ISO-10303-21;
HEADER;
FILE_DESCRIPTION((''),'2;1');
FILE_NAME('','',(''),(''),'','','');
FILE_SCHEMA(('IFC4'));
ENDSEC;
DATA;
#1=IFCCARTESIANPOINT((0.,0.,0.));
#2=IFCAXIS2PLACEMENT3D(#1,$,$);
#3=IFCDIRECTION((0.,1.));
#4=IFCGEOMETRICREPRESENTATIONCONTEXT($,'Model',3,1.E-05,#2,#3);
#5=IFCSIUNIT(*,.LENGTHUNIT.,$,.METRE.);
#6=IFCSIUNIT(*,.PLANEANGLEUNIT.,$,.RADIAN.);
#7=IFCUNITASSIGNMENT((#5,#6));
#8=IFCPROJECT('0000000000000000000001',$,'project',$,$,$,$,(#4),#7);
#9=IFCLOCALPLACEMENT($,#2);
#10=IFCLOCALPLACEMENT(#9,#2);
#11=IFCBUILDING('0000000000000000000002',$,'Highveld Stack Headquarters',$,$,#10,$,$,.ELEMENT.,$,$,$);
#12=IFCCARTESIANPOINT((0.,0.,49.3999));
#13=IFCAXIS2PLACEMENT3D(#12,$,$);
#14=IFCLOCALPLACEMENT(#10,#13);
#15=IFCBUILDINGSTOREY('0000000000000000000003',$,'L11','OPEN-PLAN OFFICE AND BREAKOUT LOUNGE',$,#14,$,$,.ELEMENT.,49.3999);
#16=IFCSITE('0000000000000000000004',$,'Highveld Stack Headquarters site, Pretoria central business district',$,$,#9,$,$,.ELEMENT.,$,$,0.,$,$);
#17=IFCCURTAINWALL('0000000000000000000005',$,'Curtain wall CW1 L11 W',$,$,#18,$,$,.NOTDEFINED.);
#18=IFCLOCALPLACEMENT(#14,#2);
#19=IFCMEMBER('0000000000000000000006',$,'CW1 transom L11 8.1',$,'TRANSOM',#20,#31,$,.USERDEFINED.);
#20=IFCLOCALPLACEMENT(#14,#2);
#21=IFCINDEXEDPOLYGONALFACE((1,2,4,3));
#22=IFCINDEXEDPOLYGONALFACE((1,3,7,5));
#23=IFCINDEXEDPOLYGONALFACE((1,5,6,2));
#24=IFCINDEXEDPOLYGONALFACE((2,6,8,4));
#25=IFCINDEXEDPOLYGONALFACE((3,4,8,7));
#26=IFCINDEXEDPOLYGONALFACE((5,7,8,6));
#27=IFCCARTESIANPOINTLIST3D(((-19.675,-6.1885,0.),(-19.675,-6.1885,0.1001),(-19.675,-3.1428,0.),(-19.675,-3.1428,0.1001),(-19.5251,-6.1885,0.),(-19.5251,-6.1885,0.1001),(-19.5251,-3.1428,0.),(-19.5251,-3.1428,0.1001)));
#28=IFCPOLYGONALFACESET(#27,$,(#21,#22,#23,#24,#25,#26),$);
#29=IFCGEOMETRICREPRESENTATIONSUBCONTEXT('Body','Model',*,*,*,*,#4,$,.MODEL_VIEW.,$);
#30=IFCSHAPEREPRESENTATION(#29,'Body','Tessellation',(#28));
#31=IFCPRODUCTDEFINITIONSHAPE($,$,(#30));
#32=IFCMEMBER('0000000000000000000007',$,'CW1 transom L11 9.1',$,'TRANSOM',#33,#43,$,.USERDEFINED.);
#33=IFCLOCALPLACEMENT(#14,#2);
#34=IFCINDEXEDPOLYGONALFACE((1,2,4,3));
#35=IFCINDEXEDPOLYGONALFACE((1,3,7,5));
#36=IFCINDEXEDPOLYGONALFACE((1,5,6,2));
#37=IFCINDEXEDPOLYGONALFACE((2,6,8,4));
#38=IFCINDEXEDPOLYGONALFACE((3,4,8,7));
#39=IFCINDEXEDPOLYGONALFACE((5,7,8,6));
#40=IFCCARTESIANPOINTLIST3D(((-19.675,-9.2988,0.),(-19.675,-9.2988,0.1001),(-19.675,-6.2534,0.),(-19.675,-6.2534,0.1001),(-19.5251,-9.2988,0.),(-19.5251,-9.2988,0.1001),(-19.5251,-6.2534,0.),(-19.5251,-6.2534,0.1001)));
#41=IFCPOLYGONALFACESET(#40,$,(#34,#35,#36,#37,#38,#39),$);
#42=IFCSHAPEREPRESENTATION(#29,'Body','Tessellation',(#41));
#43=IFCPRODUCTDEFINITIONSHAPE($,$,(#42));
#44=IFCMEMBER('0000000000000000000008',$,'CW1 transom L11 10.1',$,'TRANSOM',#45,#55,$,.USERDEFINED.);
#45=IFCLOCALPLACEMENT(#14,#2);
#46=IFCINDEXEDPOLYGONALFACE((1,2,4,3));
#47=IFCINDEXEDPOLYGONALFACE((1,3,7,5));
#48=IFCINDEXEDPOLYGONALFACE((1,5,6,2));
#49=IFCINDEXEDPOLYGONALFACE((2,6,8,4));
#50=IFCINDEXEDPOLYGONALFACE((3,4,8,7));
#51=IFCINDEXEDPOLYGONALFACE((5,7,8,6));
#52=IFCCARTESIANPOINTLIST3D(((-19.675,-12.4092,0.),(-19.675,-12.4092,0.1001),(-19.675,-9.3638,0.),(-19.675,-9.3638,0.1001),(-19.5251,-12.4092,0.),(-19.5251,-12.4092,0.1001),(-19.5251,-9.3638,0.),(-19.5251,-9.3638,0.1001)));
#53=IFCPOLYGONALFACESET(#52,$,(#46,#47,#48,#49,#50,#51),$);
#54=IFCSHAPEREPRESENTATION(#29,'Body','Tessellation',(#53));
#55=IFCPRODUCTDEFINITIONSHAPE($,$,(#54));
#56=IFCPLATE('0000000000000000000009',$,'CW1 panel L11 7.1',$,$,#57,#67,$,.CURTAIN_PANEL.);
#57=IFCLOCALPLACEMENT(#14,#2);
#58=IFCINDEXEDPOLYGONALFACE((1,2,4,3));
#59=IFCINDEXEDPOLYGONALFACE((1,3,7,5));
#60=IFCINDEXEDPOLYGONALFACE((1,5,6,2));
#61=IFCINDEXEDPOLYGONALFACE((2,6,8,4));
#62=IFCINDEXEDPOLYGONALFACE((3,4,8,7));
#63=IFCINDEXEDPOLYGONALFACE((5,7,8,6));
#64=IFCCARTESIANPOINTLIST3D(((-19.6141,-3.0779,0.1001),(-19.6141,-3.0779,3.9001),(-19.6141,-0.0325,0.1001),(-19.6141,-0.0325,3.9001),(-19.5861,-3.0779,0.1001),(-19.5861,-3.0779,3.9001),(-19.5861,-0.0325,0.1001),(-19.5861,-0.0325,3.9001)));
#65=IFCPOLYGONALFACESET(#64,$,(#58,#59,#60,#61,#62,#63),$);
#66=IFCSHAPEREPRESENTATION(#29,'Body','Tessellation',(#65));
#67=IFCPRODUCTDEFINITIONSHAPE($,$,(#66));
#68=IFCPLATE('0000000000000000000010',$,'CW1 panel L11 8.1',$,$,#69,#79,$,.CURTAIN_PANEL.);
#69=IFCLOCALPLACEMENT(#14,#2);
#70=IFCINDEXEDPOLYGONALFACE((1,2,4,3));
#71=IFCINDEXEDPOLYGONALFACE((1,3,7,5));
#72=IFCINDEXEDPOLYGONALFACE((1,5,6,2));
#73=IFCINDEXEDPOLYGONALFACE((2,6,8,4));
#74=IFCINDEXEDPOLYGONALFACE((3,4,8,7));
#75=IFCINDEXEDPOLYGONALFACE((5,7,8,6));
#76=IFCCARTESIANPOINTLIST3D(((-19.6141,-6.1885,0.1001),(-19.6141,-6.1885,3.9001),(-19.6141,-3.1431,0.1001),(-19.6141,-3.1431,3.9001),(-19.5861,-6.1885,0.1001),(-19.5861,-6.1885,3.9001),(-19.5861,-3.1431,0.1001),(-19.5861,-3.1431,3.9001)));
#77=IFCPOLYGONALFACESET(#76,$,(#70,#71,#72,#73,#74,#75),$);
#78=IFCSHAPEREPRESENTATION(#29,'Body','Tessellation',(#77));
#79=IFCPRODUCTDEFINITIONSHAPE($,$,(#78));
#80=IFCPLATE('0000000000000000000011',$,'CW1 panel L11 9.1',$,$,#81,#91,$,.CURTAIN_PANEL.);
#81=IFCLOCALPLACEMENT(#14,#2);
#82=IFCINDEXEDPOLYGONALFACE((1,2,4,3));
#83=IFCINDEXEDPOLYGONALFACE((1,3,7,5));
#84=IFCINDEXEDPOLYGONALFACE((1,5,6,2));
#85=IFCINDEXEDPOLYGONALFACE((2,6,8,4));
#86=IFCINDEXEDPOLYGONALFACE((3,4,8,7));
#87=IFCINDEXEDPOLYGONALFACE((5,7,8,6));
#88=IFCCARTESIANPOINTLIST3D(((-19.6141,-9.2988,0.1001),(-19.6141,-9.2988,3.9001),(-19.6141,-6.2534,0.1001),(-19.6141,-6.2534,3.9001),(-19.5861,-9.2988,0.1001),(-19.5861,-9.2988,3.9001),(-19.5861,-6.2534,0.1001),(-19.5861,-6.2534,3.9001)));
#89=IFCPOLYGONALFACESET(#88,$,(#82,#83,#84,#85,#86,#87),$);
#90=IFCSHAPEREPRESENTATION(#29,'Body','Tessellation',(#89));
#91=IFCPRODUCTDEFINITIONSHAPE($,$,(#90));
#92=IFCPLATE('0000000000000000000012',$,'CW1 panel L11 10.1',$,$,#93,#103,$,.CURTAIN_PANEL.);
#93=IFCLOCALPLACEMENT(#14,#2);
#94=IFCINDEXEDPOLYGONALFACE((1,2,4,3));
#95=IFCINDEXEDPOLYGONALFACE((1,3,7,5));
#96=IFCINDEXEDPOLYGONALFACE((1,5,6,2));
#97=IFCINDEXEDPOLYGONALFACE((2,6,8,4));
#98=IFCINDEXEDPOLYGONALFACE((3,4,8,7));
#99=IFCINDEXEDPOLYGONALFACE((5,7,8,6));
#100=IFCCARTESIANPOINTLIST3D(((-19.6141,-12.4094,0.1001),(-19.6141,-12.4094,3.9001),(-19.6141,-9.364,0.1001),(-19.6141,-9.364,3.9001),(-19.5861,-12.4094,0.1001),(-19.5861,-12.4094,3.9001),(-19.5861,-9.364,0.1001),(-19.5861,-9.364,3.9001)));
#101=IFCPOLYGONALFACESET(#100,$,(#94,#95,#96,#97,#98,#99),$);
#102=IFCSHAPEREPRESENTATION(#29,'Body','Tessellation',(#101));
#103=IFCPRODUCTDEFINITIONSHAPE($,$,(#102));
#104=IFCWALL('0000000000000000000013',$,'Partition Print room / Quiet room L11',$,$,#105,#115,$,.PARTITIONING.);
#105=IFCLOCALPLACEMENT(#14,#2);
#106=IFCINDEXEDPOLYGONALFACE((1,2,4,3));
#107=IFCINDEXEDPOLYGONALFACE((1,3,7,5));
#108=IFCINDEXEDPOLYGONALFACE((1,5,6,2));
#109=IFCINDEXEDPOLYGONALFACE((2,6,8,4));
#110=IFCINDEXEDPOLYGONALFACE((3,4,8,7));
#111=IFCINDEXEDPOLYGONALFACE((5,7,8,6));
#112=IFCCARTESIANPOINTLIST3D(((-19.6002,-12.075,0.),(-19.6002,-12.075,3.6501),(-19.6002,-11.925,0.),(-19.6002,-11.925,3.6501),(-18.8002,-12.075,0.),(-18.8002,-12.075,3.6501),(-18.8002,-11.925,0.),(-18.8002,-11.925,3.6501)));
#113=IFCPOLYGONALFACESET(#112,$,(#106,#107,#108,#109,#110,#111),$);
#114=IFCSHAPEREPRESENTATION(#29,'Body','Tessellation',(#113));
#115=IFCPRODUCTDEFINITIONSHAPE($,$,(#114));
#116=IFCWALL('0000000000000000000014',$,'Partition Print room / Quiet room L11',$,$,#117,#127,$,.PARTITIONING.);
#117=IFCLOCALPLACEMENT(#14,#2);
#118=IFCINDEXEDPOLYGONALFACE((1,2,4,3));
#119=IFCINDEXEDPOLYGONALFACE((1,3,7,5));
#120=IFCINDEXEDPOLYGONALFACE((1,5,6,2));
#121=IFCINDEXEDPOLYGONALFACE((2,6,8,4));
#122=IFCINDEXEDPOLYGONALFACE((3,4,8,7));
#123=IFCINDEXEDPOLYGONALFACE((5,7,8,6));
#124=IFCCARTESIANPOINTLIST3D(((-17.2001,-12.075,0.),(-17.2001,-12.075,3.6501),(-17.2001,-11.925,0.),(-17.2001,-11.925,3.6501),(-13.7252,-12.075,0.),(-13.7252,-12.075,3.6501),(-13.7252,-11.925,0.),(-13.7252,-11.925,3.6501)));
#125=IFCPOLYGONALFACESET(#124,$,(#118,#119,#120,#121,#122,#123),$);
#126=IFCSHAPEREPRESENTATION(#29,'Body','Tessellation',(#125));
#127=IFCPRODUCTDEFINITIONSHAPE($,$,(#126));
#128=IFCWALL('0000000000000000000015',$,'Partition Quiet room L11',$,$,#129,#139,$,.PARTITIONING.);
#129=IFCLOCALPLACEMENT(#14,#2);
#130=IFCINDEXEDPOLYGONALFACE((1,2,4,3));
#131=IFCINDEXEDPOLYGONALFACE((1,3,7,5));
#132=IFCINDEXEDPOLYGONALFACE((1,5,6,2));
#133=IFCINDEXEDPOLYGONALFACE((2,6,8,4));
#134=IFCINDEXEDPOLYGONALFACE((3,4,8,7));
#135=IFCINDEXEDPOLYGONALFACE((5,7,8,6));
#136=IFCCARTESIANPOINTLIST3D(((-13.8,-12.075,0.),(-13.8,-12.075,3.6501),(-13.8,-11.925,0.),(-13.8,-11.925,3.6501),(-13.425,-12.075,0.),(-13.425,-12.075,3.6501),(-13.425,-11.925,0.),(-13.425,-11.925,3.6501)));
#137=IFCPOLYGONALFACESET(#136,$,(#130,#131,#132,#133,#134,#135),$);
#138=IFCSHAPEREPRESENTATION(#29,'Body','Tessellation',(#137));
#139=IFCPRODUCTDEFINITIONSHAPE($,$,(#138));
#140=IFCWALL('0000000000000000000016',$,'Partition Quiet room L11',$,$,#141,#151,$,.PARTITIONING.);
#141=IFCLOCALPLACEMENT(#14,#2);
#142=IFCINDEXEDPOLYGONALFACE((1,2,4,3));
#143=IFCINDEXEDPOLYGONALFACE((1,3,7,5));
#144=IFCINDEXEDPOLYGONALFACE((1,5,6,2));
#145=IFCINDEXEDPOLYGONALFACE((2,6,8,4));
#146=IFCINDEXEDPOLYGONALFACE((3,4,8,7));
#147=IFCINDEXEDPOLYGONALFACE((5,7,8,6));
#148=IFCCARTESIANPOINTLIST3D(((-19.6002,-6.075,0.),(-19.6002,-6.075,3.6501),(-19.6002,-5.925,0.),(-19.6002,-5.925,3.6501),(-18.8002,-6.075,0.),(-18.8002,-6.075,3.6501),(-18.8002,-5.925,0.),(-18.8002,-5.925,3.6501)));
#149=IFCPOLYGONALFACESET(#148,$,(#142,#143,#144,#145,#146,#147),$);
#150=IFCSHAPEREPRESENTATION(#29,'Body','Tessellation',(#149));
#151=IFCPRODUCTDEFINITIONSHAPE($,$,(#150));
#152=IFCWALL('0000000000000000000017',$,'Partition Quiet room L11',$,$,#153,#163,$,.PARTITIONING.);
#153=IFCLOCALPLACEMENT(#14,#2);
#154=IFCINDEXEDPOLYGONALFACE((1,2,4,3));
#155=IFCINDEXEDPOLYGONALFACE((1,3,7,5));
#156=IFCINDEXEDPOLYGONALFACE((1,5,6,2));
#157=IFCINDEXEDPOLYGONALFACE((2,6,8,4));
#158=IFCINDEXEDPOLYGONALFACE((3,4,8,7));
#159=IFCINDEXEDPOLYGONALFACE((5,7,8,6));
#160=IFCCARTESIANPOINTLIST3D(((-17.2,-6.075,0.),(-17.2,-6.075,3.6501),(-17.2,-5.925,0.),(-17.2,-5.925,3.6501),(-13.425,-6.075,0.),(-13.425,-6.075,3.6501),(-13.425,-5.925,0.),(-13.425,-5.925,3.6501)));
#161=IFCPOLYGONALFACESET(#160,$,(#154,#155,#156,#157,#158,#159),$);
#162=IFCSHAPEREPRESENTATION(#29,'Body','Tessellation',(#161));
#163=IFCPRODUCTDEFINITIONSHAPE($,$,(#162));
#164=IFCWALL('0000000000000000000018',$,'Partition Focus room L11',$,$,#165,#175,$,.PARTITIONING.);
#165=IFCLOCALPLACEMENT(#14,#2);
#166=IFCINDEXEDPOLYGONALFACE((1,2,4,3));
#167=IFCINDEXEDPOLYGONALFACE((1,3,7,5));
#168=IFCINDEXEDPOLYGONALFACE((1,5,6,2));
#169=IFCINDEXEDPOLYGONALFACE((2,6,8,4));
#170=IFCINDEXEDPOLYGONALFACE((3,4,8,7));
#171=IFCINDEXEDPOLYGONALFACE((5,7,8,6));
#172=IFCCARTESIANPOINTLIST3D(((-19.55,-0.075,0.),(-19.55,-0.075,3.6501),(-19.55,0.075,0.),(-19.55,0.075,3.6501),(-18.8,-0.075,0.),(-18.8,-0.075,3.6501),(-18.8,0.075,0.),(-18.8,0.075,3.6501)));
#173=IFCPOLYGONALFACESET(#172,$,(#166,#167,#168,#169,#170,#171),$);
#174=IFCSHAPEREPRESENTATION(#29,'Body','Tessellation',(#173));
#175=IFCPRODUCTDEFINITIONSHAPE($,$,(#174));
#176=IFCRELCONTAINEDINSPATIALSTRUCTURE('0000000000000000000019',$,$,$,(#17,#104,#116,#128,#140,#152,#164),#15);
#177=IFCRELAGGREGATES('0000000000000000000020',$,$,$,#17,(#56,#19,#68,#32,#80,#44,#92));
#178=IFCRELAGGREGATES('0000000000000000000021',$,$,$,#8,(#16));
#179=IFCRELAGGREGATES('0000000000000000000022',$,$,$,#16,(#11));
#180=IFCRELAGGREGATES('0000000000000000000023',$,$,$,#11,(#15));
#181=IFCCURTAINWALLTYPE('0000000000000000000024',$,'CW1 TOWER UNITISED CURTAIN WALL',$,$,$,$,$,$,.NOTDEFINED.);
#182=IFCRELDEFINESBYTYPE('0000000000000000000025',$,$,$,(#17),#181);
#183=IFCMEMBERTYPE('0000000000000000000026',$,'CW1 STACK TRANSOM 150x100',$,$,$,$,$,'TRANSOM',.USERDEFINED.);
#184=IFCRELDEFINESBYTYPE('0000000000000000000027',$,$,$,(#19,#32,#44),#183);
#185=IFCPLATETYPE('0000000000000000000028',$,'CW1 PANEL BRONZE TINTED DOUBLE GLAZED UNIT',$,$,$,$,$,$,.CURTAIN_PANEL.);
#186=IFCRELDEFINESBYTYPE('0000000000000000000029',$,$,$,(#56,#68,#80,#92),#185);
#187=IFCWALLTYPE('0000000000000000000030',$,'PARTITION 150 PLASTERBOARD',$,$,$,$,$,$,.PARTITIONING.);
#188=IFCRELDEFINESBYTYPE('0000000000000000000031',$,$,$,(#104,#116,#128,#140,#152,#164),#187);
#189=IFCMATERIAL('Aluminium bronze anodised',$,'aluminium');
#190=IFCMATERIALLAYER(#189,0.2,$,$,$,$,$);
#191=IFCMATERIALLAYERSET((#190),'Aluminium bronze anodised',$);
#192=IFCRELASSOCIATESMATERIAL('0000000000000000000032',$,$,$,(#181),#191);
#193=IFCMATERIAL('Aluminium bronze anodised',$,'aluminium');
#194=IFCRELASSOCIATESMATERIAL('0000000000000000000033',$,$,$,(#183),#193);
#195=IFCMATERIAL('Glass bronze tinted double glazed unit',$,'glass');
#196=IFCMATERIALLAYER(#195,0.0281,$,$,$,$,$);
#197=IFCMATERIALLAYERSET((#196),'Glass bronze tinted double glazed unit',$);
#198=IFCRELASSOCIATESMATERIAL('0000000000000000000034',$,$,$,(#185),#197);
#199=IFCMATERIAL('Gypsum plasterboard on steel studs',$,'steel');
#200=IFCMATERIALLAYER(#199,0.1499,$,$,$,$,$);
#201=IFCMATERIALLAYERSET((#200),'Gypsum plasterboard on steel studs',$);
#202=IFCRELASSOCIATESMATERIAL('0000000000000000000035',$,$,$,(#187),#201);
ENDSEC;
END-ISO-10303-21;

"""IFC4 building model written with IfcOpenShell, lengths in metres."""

from ifc_helpers import new_model, si_unit, direction, frame, frame_2d, origin, origin_2d, place, context, subcontext, project, spatial, rectangle, extrude, material, layer, layer_set, material_profile, profile_set, type_object, element, aggregate, save


model = new_model("IFC4")

# Units and contexts
model_context = context("Model", 3, precision=1e-05, world=origin(), true_north=direction((0.0, 1.0)))
body_context = subcontext(model_context, "Body", "Model", "MODEL_VIEW")
ifc_project = project(units=[si_unit("LENGTHUNIT", "METRE"), si_unit("PLANEANGLEUNIT", "RADIAN")], contexts=[model_context])

# Site, building, storey
site_placement = place(None, origin())
site = spatial("IfcSite", under=ifc_project, at=site_placement, Name="Highveld Stack Headquarters site, Pretoria central business district", CompositionType="ELEMENT", RefElevation=0.0)
building_placement = place(site_placement, origin())
building = spatial("IfcBuilding", under=site, at=building_placement, Name="Highveld Stack Headquarters", CompositionType="ELEMENT")
storey_placement = place(building_placement, frame((0.0, 0.0, 49.3999)))
storey = spatial("IfcBuildingStorey", under=building, at=storey_placement, Name="L11", Description="OPEN-PLAN OFFICE AND BREAKOUT LOUNGE", CompositionType="ELEMENT", Elevation=49.3999)

# Curtain wall, members, plates
ifc_material_1 = material(Name="Aluminium bronze anodised", Category="aluminium")
ifc_layer_1 = layer(ifc_material_1, 0.2)
ifc_layer_set_1 = layer_set([ifc_layer_1], Name="Aluminium bronze anodised")
curtain_wall_type = type_object("IfcCurtainWallType", Name="CW1 TOWER UNITISED CURTAIN WALL", PredefinedType="NOTDEFINED", material=ifc_layer_set_1)
curtain_wall_placement = place(storey_placement, origin())
curtain_wall = element("IfcCurtainWall", 1, at=curtain_wall_placement, inside=storey, type_object=curtain_wall_type, Name="Curtain wall CW1 L11 W", PredefinedType="NOTDEFINED")
ifc_material_2 = material(Name="Aluminium bronze anodised", Category="aluminium")
ifc_material_profile_1 = material_profile(ifc_material_2, rectangle(XDim=0.1499, YDim=0.1001, at=origin_2d()), Name="CW1 TRANSOM 150x100")
ifc_profile_set_1 = profile_set([ifc_material_profile_1], Name="Aluminium bronze anodised")
member_type_1 = type_object("IfcMemberType", Name="CW1 STACK TRANSOM 150x100", ElementType="TRANSOM", PredefinedType="USERDEFINED", material=ifc_profile_set_1)
member_1_placement = place(storey_placement, frame((-19.6001, -3.1428, 0.05), z_axis=(0.0, -1.0, 0.0), x_axis=(1.0, 0.0, 0.0)))
member_1 = element("IfcMember", 2, at=member_1_placement, type_object=member_type_1, Name="CW1 transom L11 8.1", ObjectType="TRANSOM", PredefinedType="USERDEFINED", context=body_context, shape_type="SweptSolid", body=[
    extrude(rectangle(XDim=0.1499, YDim=0.1001, at=origin_2d()), origin(), (0.0, 0.0, 1.0), 3.0457),
])
member_2_placement = place(storey_placement, frame((-19.6001, -6.2534, 0.05), z_axis=(0.0, -1.0, 0.0), x_axis=(1.0, 0.0, 0.0)))
member_2 = element("IfcMember", 3, at=member_2_placement, type_object=member_type_1, Name="CW1 transom L11 9.1", ObjectType="TRANSOM", PredefinedType="USERDEFINED", context=body_context, shape_type="SweptSolid", body=[
    extrude(rectangle(XDim=0.1499, YDim=0.1001, at=origin_2d()), origin(), (0.0, 0.0, 1.0), 3.0454),
])
member_3_placement = place(storey_placement, frame((-19.6001, -9.3638, 0.05), z_axis=(0.0, -1.0, 0.0), x_axis=(1.0, 0.0, 0.0)))
member_3 = element("IfcMember", 4, at=member_3_placement, type_object=member_type_1, Name="CW1 transom L11 10.1", ObjectType="TRANSOM", PredefinedType="USERDEFINED", context=body_context, shape_type="SweptSolid", body=[
    extrude(rectangle(XDim=0.1499, YDim=0.1001, at=origin_2d()), origin(), (0.0, 0.0, 1.0), 3.0454),
])
ifc_material_3 = material(Name="Glass bronze tinted double glazed unit", Category="glass")
ifc_layer_2 = layer(ifc_material_3, 0.0281)
ifc_layer_set_2 = layer_set([ifc_layer_2], Name="Glass bronze tinted double glazed unit")
plate_type = type_object("IfcPlateType", Name="CW1 PANEL BRONZE TINTED DOUBLE GLAZED UNIT", PredefinedType="CURTAIN_PANEL", material=ifc_layer_set_2)
plate_1_placement = place(storey_placement, frame((-19.6001, -1.5552, 0.1001), z_axis=(0.0, 0.0, 1.0), x_axis=(0.0, -1.0, 0.0)))
plate_1 = element("IfcPlate", 5, at=plate_1_placement, type_object=plate_type, Name="CW1 panel L11 7.1", PredefinedType="CURTAIN_PANEL", context=body_context, shape_type="SweptSolid", body=[
    extrude(rectangle(XDim=3.0454, YDim=0.0281, at=origin_2d()), origin(), (0.0, 0.0, 1.0), 3.8),
])
plate_2_placement = place(storey_placement, frame((-19.6001, -4.6658, 0.1001), z_axis=(0.0, 0.0, 1.0), x_axis=(0.0, -1.0, 0.0)))
plate_2 = element("IfcPlate", 6, at=plate_2_placement, type_object=plate_type, Name="CW1 panel L11 8.1", PredefinedType="CURTAIN_PANEL", context=body_context, shape_type="SweptSolid", body=[
    extrude(rectangle(XDim=3.0454, YDim=0.0281, at=origin_2d()), origin(), (0.0, 0.0, 1.0), 3.8),
])
plate_3_placement = place(storey_placement, frame((-19.6001, -7.7761, 0.1001), z_axis=(0.0, 0.0, 1.0), x_axis=(0.0, -1.0, 0.0)))
plate_3 = element("IfcPlate", 7, at=plate_3_placement, type_object=plate_type, Name="CW1 panel L11 9.1", PredefinedType="CURTAIN_PANEL", context=body_context, shape_type="SweptSolid", body=[
    extrude(rectangle(XDim=3.0454, YDim=0.0281, at=origin_2d()), origin(), (0.0, 0.0, 1.0), 3.8),
])
plate_4_placement = place(storey_placement, frame((-19.6001, -10.8867, 0.1001), z_axis=(0.0, 0.0, 1.0), x_axis=(0.0, -1.0, 0.0)))
plate_4 = element("IfcPlate", 8, at=plate_4_placement, type_object=plate_type, Name="CW1 panel L11 10.1", PredefinedType="CURTAIN_PANEL", context=body_context, shape_type="SweptSolid", body=[
    extrude(rectangle(XDim=3.0454, YDim=0.0281, at=origin_2d()), origin(), (0.0, 0.0, 1.0), 3.8),
])
aggregate(curtain_wall, [plate_1, member_1, plate_2, member_2, plate_3, member_3, plate_4])

# Walls
ifc_material_4 = material(Name="Gypsum plasterboard on steel studs", Category="steel")
ifc_layer_3 = layer(ifc_material_4, 0.1499)
ifc_layer_set_3 = layer_set([ifc_layer_3], Name="Gypsum plasterboard on steel studs")
wall_type = type_object("IfcWallType", Name="PARTITION 150 PLASTERBOARD", PredefinedType="PARTITIONING", material=ifc_layer_set_3)
wall_1_placement = place(storey_placement, frame((-19.6001, -12.0, 0.0), z_axis=(0.0, 0.0, 1.0), x_axis=(1.0, 0.0, 0.0)))
element("IfcWall", 9, at=wall_1_placement, inside=storey, type_object=wall_type, Name="Partition Print room / Quiet room L11", PredefinedType="PARTITIONING", context=body_context, shape_type="SweptSolid", body=[
    extrude(rectangle(XDim=0.8, YDim=0.1499, at=frame_2d((0.3999, 0.0))), origin(), (0.0, 0.0, 1.0), 3.6501),
])
wall_2_placement = place(storey_placement, frame((-17.2, -12.0, 0.0), z_axis=(0.0, 0.0, 1.0), x_axis=(1.0, 0.0, 0.0)))
element("IfcWall", 10, at=wall_2_placement, inside=storey, type_object=wall_type, Name="Partition Print room / Quiet room L11", PredefinedType="PARTITIONING", context=body_context, shape_type="SweptSolid", body=[
    extrude(rectangle(XDim=3.4749, YDim=0.1499, at=frame_2d((1.7373, 0.0))), origin(), (0.0, 0.0, 1.0), 3.6501),
])
wall_3_placement = place(storey_placement, frame((-13.8, -12.0, 0.0), z_axis=(0.0, 0.0, 1.0), x_axis=(1.0, 0.0, 0.0)))
element("IfcWall", 11, at=wall_3_placement, inside=storey, type_object=wall_type, Name="Partition Quiet room L11", PredefinedType="PARTITIONING", context=body_context, shape_type="SweptSolid", body=[
    extrude(rectangle(XDim=0.375, YDim=0.1499, at=frame_2d((0.1875, 0.0))), origin(), (0.0, 0.0, 1.0), 3.6501),
])
wall_4_placement = place(storey_placement, frame((-19.6001, -6.0, 0.0), z_axis=(0.0, 0.0, 1.0), x_axis=(1.0, 0.0, 0.0)))
element("IfcWall", 12, at=wall_4_placement, inside=storey, type_object=wall_type, Name="Partition Quiet room L11", PredefinedType="PARTITIONING", context=body_context, shape_type="SweptSolid", body=[
    extrude(rectangle(XDim=0.8, YDim=0.1499, at=frame_2d((0.3999, 0.0))), origin(), (0.0, 0.0, 1.0), 3.6501),
])
wall_5_placement = place(storey_placement, frame((-17.2, -6.0, 0.0), z_axis=(0.0, 0.0, 1.0), x_axis=(1.0, 0.0, 0.0)))
element("IfcWall", 13, at=wall_5_placement, inside=storey, type_object=wall_type, Name="Partition Quiet room L11", PredefinedType="PARTITIONING", context=body_context, shape_type="SweptSolid", body=[
    extrude(rectangle(XDim=3.7749, YDim=0.1499, at=frame_2d((1.8875, 0.0))), origin(), (0.0, 0.0, 1.0), 3.6501),
])
wall_6_placement = place(storey_placement, frame((-19.55, 0.0, 0.0), z_axis=(0.0, 0.0, 1.0), x_axis=(1.0, 0.0, 0.0)))
element("IfcWall", 14, at=wall_6_placement, inside=storey, type_object=wall_type, Name="Partition Focus room L11", PredefinedType="PARTITIONING", context=body_context, shape_type="SweptSolid", body=[
    extrude(rectangle(XDim=0.75, YDim=0.1499, at=frame_2d((0.375, 0.0))), origin(), (0.0, 0.0, 1.0), 3.6501),
])

save(model, "model.ifc")
